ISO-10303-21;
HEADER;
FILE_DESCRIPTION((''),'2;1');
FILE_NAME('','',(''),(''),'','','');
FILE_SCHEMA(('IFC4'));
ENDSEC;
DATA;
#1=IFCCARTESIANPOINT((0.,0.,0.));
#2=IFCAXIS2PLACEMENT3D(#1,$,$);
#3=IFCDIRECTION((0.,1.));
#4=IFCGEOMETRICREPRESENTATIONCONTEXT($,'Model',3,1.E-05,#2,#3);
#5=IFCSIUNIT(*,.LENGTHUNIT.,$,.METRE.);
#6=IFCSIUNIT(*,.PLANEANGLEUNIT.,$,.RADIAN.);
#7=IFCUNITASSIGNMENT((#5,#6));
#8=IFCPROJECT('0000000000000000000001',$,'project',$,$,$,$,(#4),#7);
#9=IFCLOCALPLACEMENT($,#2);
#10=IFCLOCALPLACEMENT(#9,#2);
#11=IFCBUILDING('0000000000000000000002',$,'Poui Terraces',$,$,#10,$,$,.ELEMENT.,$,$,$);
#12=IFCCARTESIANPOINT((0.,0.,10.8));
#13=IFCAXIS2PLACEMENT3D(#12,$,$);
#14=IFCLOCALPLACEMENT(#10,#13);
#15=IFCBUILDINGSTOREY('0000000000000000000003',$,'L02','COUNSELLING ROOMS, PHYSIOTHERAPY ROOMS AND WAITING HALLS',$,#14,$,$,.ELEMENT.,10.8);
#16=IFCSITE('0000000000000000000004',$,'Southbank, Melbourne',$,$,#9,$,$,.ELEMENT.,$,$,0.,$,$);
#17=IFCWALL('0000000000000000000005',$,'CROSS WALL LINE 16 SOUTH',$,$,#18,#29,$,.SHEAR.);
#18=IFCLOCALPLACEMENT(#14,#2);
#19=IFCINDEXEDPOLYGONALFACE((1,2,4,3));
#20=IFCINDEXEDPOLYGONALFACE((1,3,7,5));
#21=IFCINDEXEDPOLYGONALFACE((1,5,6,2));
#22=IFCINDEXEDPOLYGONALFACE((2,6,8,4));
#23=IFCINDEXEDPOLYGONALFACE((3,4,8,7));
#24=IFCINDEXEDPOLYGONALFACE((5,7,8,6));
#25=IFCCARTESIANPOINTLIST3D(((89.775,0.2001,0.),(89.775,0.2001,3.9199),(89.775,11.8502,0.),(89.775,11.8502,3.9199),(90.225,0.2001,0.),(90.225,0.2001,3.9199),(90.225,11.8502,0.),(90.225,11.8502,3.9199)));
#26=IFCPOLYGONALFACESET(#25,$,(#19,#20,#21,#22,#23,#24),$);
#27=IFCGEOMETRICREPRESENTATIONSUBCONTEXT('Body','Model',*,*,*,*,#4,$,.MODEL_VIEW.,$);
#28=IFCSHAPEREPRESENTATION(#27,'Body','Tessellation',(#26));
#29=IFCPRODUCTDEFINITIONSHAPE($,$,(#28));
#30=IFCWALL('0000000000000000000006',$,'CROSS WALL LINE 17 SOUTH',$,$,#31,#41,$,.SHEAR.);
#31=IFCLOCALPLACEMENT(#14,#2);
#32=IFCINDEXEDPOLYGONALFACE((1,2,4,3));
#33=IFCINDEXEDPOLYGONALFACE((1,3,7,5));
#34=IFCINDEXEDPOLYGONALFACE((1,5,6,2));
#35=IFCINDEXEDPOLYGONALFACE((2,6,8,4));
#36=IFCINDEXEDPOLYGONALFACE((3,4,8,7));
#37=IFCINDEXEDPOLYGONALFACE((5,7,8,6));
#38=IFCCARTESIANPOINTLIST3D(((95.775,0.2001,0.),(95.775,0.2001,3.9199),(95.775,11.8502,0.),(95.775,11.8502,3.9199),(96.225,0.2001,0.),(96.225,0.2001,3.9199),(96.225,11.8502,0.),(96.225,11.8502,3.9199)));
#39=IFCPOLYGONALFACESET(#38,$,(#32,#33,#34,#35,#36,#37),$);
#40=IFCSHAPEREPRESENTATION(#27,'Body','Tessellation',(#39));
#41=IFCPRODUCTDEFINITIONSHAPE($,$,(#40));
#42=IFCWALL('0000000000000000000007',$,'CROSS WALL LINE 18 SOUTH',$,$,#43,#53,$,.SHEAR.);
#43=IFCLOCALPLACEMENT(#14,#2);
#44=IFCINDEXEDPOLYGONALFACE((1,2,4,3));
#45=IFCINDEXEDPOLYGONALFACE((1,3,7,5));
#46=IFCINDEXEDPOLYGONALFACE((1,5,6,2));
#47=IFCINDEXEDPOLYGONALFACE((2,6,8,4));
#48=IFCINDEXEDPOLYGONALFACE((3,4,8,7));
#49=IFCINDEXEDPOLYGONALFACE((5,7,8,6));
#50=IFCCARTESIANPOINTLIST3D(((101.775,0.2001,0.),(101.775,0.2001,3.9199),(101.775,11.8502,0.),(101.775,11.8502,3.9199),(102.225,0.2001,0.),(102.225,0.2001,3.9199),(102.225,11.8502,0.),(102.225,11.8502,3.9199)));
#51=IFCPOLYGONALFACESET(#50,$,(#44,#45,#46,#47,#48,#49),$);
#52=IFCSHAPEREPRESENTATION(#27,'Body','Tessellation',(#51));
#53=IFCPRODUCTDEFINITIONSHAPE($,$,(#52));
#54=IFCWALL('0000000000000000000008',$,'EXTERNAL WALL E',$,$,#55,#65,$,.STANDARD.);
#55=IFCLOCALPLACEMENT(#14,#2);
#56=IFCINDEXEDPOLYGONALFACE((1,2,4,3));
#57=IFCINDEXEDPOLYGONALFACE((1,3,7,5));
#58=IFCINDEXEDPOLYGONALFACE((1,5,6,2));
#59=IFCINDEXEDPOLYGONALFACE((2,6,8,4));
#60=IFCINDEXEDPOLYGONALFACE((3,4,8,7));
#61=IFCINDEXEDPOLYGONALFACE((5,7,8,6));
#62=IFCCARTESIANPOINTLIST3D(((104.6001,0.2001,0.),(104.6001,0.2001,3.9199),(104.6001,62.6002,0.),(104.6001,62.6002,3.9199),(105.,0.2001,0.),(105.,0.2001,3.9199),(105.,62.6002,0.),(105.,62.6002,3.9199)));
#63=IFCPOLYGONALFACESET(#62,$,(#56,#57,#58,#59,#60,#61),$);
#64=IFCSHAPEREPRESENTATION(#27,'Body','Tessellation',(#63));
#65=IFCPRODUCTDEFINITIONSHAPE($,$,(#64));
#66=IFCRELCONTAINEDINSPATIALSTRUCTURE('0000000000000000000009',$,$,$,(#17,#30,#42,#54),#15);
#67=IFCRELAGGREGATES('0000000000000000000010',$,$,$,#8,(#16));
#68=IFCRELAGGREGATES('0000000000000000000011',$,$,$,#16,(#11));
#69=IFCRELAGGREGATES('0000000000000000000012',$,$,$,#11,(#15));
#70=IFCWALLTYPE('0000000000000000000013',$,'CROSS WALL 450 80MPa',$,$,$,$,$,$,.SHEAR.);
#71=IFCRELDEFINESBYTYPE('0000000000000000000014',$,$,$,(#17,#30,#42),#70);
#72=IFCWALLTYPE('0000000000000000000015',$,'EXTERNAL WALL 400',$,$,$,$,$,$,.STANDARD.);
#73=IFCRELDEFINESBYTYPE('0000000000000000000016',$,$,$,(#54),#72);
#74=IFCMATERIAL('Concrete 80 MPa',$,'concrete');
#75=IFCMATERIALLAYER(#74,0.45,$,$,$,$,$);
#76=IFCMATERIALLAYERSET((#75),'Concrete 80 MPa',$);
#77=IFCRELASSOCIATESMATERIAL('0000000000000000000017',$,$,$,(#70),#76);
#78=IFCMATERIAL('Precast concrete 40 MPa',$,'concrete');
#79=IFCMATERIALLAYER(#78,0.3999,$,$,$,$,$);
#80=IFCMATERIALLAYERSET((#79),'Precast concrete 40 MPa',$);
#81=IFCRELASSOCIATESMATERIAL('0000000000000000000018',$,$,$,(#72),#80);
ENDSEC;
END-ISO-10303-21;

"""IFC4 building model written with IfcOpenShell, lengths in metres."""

from ifc_helpers import new_model, si_unit, direction, frame, frame_2d, origin, place, context, subcontext, project, spatial, rectangle, extrude, material, layer, layer_set, type_object, element, save


model = new_model("IFC4")

# Units and contexts
model_context = context("Model", 3, precision=1e-05, world=origin(), true_north=direction((0.0, 1.0)))
body_context = subcontext(model_context, "Body", "Model", "MODEL_VIEW")
ifc_project = project(units=[si_unit("LENGTHUNIT", "METRE"), si_unit("PLANEANGLEUNIT", "RADIAN")], contexts=[model_context])

# Site, building, storey
site_placement = place(None, origin())
site = spatial("IfcSite", under=ifc_project, at=site_placement, Name="Southbank, Melbourne", CompositionType="ELEMENT", RefElevation=0.0)
building_placement = place(site_placement, origin())
building = spatial("IfcBuilding", under=site, at=building_placement, Name="Poui Terraces", CompositionType="ELEMENT")
storey_placement = place(building_placement, frame((0.0, 0.0, 10.8)))
storey = spatial("IfcBuildingStorey", under=building, at=storey_placement, Name="L02", Description="COUNSELLING ROOMS, PHYSIOTHERAPY ROOMS AND WAITING HALLS", CompositionType="ELEMENT", Elevation=10.8)

# Shared definitions
ifc_material_1 = material(Name="Concrete 80 MPa", Category="concrete")

# Walls
ifc_layer_1 = layer(ifc_material_1, 0.45)
ifc_layer_set_1 = layer_set([ifc_layer_1], Name="Concrete 80 MPa")
wall_type_1 = type_object("IfcWallType", Name="CROSS WALL 450 80MPa", PredefinedType="SHEAR", material=ifc_layer_set_1)
for number, where, z_axis, x_axis, name in (
    (1, (90.0, 0.2, 0.0), (0.0, 0.0, 1.0), (0.0, 1.0, 0.0), "CROSS WALL LINE 16 SOUTH"),
    (2, (96.0, 0.2, 0.0), (0.0, 0.0, 1.0), (0.0, 1.0, 0.0), "CROSS WALL LINE 17 SOUTH"),
    (3, (102.0, 0.2, 0.0), (0.0, 0.0, 1.0), (0.0, 1.0, 0.0), "CROSS WALL LINE 18 SOUTH"),
):
    element("IfcWall", number, at=place(storey_placement, frame(where, z_axis=z_axis, x_axis=x_axis)), inside=storey, type_object=wall_type_1, Name=name, PredefinedType="SHEAR", context=body_context, shape_type="SweptSolid", body=[
        extrude(rectangle(XDim=11.6501, YDim=0.45, at=frame_2d((5.8252, 0.0))), origin(), (0.0, 0.0, 1.0), 3.9199),
    ])
ifc_material_2 = material(Name="Precast concrete 40 MPa", Category="concrete")
ifc_layer_2 = layer(ifc_material_2, 0.3999)
ifc_layer_set_2 = layer_set([ifc_layer_2], Name="Precast concrete 40 MPa")
wall_type_2 = type_object("IfcWallType", Name="EXTERNAL WALL 400", PredefinedType="STANDARD", material=ifc_layer_set_2)
wall_1_placement = place(storey_placement, frame((104.8, 0.2, 0.0), z_axis=(0.0, 0.0, 1.0), x_axis=(0.0, 1.0, 0.0)))
element("IfcWall", 4, at=wall_1_placement, inside=storey, type_object=wall_type_2, Name="EXTERNAL WALL E", PredefinedType="STANDARD", context=body_context, shape_type="SweptSolid", body=[
    extrude(rectangle(XDim=62.4001, YDim=0.3999, at=frame_2d((31.2002, 0.0))), origin(), (0.0, 0.0, 1.0), 3.9199),
])

save(model, "model.ifc")
